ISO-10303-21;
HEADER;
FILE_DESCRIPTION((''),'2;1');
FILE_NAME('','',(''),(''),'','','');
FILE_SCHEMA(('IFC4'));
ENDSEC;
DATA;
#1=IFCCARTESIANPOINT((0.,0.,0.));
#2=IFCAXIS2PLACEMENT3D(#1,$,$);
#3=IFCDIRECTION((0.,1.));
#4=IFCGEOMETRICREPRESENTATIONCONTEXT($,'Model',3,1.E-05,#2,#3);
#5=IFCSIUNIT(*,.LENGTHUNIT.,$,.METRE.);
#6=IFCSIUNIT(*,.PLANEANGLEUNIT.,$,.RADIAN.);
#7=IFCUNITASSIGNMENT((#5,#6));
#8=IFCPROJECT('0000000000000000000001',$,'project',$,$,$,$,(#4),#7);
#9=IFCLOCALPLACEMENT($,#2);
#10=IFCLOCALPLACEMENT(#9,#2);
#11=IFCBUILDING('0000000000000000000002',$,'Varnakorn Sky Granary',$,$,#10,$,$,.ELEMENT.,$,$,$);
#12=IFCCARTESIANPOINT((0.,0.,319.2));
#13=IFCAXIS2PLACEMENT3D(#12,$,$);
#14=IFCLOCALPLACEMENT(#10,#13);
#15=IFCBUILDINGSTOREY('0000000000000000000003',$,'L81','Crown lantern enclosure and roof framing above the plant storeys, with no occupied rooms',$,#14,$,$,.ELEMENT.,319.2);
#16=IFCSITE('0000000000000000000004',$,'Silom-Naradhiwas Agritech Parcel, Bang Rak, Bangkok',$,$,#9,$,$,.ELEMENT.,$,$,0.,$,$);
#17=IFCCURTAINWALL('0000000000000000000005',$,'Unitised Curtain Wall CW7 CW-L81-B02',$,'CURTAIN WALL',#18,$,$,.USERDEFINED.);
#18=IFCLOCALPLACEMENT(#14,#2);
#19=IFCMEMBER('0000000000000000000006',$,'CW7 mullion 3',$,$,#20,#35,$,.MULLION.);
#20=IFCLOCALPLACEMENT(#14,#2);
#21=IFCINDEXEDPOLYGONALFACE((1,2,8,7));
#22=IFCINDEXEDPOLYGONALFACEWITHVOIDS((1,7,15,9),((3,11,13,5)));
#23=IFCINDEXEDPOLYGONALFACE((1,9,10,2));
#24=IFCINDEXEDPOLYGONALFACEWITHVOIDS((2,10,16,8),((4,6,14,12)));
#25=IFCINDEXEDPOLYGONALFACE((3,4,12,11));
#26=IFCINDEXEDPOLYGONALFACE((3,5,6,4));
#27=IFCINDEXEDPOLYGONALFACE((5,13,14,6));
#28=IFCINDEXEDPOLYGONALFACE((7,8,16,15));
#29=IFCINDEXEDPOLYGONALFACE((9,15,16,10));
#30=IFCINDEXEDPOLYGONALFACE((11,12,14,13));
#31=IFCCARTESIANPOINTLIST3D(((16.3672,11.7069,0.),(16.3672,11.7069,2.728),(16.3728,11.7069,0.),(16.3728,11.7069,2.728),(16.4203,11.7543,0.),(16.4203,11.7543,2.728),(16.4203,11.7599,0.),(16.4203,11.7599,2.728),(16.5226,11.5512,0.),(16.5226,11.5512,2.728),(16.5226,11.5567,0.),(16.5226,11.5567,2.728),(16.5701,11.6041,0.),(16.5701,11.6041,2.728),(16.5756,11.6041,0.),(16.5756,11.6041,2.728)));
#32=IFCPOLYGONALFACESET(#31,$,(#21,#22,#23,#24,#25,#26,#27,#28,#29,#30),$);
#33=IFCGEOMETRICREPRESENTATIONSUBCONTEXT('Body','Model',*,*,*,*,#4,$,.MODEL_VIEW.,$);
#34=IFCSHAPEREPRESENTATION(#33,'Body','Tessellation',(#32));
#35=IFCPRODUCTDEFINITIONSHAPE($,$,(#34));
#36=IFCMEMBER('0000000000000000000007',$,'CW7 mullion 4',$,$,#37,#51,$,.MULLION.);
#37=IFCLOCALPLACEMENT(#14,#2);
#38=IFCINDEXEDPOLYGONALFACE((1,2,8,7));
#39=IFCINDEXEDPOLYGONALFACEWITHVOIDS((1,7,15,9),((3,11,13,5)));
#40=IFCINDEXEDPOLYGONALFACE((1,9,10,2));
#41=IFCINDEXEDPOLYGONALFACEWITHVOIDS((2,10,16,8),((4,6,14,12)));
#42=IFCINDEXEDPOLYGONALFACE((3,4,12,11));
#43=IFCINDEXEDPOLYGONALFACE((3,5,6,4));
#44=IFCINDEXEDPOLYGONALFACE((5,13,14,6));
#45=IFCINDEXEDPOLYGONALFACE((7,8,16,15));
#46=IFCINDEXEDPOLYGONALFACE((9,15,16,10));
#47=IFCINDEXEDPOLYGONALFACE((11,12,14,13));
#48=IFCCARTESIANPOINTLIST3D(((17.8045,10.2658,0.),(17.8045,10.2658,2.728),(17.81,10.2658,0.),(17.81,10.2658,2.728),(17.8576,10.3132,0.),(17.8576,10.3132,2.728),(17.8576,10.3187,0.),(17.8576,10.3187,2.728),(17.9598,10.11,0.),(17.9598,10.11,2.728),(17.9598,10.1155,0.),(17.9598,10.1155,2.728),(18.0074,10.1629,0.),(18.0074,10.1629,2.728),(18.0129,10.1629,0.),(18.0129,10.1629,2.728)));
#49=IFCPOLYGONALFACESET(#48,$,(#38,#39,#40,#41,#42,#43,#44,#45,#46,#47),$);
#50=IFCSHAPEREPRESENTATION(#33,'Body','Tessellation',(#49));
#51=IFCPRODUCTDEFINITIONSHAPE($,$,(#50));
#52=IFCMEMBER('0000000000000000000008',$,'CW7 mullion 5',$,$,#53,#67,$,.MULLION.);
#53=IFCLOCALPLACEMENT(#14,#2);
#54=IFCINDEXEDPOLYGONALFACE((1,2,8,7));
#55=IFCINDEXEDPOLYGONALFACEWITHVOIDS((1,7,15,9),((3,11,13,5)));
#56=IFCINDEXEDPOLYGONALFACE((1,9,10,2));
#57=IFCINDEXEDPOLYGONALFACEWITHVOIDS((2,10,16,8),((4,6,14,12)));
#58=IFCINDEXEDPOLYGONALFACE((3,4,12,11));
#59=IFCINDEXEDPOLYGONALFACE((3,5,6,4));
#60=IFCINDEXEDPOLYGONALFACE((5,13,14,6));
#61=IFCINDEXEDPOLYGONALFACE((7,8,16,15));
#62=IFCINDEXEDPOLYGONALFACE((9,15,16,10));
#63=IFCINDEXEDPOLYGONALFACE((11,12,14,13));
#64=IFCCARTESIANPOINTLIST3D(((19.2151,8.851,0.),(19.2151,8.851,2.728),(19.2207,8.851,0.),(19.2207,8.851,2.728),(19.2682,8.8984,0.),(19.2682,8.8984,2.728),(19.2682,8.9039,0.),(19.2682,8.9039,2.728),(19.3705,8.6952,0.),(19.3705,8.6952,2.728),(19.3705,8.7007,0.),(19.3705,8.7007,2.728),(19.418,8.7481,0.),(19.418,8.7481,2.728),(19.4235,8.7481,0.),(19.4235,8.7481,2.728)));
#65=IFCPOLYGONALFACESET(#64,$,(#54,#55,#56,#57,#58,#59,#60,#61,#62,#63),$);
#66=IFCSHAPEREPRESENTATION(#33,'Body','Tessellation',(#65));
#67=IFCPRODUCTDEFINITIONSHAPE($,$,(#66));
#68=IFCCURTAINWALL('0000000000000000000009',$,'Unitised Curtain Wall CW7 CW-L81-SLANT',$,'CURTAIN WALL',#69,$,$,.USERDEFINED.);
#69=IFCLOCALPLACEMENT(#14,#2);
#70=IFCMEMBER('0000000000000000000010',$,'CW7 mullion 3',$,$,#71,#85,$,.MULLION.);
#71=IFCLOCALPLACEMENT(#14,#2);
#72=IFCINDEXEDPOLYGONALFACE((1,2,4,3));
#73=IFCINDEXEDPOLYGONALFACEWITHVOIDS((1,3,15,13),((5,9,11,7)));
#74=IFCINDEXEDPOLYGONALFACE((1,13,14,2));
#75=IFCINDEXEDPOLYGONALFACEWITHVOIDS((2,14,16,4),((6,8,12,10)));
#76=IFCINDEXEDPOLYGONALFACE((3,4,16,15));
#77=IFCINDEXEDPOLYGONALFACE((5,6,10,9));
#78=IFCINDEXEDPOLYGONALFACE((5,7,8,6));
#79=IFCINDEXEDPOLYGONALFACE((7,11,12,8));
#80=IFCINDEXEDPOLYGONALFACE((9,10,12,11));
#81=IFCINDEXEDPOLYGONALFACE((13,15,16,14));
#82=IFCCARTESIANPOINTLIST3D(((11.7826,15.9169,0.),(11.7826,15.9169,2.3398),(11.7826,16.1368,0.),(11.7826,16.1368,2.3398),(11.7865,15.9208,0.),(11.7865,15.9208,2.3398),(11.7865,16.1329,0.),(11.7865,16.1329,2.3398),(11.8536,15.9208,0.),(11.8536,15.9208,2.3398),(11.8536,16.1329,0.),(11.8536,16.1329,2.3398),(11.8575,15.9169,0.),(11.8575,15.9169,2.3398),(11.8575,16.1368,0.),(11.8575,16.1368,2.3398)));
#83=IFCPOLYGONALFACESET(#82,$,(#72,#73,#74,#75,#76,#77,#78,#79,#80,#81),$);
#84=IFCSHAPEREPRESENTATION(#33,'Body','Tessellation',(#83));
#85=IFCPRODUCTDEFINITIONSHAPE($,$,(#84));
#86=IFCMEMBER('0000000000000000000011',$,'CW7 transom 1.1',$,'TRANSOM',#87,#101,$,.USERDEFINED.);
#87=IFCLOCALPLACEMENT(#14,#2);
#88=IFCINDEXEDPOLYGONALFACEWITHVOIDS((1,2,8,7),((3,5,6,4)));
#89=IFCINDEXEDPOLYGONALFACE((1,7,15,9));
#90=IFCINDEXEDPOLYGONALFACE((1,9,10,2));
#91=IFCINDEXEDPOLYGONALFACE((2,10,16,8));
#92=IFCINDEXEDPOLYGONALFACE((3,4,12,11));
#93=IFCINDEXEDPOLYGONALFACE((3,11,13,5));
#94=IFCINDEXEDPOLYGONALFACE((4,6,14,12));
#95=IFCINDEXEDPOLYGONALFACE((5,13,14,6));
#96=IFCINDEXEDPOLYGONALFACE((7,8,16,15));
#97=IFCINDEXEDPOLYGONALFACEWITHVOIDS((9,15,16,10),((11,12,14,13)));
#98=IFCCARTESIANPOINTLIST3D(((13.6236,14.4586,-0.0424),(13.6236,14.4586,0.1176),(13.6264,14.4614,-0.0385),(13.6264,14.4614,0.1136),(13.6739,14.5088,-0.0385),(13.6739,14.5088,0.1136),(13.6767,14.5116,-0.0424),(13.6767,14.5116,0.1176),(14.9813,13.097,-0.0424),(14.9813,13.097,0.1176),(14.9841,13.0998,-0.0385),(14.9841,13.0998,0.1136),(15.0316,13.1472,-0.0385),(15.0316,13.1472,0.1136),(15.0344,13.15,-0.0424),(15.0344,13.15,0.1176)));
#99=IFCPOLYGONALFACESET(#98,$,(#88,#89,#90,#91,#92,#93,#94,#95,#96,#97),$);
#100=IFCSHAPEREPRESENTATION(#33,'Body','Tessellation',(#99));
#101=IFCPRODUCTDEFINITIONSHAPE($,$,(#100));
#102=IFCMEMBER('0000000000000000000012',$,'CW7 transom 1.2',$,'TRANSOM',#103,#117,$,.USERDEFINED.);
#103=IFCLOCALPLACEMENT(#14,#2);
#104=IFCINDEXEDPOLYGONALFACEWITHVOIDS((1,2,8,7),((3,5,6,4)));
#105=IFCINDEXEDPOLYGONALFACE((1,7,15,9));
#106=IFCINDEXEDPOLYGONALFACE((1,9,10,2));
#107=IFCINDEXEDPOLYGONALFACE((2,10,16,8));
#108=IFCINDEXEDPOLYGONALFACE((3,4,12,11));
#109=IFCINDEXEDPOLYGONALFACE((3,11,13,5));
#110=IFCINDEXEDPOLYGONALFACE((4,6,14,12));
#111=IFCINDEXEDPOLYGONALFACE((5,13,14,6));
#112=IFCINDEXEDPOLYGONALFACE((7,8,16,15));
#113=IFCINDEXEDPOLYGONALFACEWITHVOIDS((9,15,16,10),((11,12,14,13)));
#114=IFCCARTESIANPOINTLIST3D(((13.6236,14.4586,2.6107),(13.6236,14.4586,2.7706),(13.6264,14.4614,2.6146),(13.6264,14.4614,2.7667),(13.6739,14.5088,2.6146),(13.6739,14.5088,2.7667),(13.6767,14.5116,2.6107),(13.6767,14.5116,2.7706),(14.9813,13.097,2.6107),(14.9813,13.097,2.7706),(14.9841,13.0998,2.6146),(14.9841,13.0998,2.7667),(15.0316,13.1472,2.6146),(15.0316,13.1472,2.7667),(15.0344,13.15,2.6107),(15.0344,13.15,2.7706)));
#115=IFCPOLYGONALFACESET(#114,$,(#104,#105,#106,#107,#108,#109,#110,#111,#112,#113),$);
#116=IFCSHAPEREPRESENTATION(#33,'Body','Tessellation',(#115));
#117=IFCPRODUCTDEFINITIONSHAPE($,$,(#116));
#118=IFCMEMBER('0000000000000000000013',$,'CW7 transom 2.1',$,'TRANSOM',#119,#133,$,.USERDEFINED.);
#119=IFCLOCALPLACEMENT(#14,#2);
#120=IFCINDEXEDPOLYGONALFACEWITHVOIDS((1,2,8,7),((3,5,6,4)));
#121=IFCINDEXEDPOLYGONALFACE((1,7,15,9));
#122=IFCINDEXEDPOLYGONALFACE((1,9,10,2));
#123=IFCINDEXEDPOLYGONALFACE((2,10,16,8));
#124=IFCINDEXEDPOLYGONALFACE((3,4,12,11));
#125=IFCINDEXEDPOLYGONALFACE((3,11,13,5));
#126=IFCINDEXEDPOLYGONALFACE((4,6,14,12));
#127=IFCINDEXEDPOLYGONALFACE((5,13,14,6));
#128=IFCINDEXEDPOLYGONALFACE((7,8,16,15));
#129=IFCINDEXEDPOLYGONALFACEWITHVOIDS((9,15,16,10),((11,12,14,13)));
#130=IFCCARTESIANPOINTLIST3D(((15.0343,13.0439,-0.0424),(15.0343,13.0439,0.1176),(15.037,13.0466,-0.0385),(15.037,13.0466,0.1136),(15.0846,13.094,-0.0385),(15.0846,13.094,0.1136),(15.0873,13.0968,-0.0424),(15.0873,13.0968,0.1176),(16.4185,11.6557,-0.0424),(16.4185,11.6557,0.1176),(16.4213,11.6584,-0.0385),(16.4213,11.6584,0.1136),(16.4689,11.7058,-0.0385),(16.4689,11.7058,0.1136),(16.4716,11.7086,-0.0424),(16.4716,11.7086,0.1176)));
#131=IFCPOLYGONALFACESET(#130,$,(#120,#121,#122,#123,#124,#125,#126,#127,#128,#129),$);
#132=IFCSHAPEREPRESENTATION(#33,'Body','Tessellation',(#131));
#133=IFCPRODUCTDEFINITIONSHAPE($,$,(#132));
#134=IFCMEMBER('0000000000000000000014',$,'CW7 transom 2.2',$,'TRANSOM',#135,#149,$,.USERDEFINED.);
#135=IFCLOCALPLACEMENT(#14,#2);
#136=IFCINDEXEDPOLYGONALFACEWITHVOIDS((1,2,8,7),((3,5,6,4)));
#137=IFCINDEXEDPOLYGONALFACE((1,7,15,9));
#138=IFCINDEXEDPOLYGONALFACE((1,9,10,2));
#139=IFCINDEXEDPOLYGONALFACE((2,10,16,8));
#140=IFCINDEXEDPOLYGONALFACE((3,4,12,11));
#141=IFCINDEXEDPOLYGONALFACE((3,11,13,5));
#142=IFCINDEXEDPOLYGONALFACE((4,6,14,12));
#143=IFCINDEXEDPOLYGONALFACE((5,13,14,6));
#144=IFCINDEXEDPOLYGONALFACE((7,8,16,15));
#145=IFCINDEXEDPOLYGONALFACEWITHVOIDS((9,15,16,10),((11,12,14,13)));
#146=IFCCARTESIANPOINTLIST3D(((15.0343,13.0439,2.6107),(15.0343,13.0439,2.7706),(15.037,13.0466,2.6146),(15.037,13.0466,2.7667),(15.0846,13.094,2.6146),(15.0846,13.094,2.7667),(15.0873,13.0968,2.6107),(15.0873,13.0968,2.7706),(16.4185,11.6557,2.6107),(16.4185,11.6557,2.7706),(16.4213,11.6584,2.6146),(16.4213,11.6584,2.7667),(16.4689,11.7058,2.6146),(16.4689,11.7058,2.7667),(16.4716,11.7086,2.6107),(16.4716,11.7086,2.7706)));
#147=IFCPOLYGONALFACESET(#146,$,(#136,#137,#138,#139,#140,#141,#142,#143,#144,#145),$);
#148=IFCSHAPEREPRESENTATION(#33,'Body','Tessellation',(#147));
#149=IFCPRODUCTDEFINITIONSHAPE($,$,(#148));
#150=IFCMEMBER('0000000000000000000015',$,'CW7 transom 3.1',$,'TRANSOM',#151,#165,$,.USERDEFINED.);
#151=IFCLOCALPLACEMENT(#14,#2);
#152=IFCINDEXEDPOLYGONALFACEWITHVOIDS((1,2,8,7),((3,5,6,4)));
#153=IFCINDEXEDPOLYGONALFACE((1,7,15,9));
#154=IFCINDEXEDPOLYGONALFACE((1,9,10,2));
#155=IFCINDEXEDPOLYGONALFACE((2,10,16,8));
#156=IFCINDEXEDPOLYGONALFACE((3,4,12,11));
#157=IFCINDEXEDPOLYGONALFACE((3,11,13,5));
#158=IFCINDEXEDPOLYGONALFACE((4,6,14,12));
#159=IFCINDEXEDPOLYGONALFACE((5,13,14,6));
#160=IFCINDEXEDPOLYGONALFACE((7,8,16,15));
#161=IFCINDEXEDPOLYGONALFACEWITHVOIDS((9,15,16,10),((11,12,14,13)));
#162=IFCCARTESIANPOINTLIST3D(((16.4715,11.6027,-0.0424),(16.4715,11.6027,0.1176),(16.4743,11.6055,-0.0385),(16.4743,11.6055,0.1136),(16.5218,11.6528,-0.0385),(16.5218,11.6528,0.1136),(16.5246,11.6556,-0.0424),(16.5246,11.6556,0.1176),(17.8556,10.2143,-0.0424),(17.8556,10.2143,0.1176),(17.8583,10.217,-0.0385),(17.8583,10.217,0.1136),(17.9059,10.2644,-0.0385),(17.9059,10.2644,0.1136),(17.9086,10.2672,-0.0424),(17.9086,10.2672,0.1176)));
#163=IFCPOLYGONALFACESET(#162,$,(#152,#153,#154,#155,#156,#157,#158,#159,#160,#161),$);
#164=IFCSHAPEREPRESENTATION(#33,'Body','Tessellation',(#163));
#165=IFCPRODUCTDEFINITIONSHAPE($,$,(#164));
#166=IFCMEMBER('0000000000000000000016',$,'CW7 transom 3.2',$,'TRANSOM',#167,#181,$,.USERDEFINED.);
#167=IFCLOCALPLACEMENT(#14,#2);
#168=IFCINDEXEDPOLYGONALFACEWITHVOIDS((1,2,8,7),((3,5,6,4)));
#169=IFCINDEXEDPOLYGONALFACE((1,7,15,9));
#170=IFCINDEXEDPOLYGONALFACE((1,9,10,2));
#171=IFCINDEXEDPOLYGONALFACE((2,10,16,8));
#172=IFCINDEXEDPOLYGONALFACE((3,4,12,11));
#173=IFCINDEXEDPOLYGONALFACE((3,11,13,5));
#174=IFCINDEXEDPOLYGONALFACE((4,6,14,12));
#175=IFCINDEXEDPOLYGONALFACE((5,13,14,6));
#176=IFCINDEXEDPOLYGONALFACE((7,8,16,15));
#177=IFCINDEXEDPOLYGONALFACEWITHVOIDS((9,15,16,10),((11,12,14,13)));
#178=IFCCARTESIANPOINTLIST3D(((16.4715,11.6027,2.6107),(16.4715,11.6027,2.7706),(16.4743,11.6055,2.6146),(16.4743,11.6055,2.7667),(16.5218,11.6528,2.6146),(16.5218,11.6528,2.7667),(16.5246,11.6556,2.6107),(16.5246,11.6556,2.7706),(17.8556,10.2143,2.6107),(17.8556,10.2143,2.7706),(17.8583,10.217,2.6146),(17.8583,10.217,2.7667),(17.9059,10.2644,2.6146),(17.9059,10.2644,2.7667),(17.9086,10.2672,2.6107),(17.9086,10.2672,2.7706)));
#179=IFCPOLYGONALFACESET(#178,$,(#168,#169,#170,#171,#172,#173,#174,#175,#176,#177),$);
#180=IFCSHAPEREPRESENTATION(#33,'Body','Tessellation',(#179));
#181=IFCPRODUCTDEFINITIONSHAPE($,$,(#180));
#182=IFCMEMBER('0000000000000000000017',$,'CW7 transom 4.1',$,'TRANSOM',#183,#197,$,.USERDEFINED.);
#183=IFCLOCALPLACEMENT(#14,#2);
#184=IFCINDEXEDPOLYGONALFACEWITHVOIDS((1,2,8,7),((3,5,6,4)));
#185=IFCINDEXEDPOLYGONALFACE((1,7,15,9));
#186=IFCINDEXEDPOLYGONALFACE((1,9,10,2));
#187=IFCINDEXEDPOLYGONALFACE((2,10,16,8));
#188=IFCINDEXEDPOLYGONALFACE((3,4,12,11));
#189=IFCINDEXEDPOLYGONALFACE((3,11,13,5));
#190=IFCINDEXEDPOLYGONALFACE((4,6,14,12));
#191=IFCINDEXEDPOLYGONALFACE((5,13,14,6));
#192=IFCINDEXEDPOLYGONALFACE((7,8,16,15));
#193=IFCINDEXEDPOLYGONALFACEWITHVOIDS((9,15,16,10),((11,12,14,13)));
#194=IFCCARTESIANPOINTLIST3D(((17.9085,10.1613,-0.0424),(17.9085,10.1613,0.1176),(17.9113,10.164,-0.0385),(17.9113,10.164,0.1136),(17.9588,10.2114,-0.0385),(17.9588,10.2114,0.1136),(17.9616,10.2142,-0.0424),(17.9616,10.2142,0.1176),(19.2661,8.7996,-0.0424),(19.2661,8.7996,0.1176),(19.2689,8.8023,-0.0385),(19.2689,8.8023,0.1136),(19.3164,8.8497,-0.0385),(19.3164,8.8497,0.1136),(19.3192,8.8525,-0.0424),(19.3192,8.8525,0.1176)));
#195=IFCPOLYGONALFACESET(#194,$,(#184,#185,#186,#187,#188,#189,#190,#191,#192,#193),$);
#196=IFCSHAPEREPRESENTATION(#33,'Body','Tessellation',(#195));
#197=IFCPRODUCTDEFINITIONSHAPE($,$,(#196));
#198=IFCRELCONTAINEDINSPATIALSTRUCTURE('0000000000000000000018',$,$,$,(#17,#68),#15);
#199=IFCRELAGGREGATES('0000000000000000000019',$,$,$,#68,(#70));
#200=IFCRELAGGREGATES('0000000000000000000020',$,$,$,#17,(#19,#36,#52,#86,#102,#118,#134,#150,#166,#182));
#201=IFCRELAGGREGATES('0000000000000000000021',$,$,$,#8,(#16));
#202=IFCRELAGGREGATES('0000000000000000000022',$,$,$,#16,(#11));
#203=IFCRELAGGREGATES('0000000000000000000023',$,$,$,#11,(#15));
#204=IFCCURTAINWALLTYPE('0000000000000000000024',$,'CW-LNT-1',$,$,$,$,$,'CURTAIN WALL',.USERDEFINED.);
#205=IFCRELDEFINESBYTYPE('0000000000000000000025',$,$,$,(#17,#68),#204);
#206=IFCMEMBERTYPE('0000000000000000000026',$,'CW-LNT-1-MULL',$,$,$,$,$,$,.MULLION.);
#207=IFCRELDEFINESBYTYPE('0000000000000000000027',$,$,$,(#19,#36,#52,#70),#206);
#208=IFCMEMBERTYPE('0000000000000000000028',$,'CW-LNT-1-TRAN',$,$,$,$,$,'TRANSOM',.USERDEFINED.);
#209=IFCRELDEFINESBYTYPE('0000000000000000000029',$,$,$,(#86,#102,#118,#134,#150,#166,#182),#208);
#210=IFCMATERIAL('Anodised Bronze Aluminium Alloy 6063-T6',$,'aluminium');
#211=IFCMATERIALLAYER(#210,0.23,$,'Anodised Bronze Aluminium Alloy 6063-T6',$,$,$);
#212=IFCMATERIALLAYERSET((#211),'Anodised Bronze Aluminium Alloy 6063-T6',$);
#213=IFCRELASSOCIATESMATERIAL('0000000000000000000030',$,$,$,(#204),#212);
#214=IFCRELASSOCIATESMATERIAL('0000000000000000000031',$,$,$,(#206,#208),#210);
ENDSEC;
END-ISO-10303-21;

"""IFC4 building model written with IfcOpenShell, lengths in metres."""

from ifc_helpers import new_model, si_unit, direction, frame, origin, origin_2d, place, context, subcontext, project, spatial, hollow_rectangle, extrude, material, layer, layer_set, material_profile, profile_set, type_object, element, aggregate, save


model = new_model("IFC4")

# Units and contexts
model_context = context("Model", 3, precision=1e-05, world=origin(), true_north=direction((0.0, 1.0)))
body_context = subcontext(model_context, "Body", "Model", "MODEL_VIEW")
ifc_project = project(units=[si_unit("LENGTHUNIT", "METRE"), si_unit("PLANEANGLEUNIT", "RADIAN")], contexts=[model_context])

# Site, building, storey
site_placement = place(None, origin())
site = spatial("IfcSite", under=ifc_project, at=site_placement, Name="Silom-Naradhiwas Agritech Parcel, Bang Rak, Bangkok", CompositionType="ELEMENT", RefElevation=0.0)
building_placement = place(site_placement, origin())
building = spatial("IfcBuilding", under=site, at=building_placement, Name="Varnakorn Sky Granary", CompositionType="ELEMENT")
storey_placement = place(building_placement, frame((0.0, 0.0, 319.2)))
storey = spatial("IfcBuildingStorey", under=building, at=storey_placement, Name="L81", Description="Crown lantern enclosure and roof framing above the plant storeys, with no occupied rooms", CompositionType="ELEMENT", Elevation=319.2)

# Curtain wall, members
ifc_material_1 = material(Name="Anodised Bronze Aluminium Alloy 6063-T6", Category="aluminium")
ifc_layer_1 = layer(ifc_material_1, 0.23, Name="Anodised Bronze Aluminium Alloy 6063-T6")
ifc_layer_set_1 = layer_set([ifc_layer_1], Name="Anodised Bronze Aluminium Alloy 6063-T6")
curtain_wall_type = type_object("IfcCurtainWallType", Name="CW-LNT-1", ElementType="CURTAIN WALL", PredefinedType="USERDEFINED", material=ifc_layer_set_1)
curtain_wall_1_placement = place(storey_placement, origin())
curtain_wall_1 = element("IfcCurtainWall", 1, at=curtain_wall_1_placement, inside=storey, type_object=curtain_wall_type, Name="Unitised Curtain Wall CW7 CW-L81-B02", ObjectType="CURTAIN WALL", PredefinedType="USERDEFINED")
ifc_material_profile_1 = material_profile(ifc_material_1, hollow_rectangle(XDim=0.075, YDim=0.22, WallThickness=0.0039, at=origin_2d()), Name="ALU MULL 75x220")
ifc_profile_set_1 = profile_set([ifc_material_profile_1], Name="Anodised Bronze Aluminium Alloy 6063-T6")
member_type_1 = type_object("IfcMemberType", Name="CW-LNT-1-MULL", PredefinedType="MULLION", material=ifc_profile_set_1)
member_1_placement = place(storey_placement, frame((16.4714, 11.6555, 0.0), z_axis=(0.0, 0.0, 1.0), x_axis=(0.708144, 0.706068, 0.0)))
member_1 = element("IfcMember", 2, at=member_1_placement, type_object=member_type_1, Name="CW7 mullion 3", PredefinedType="MULLION", context=body_context, shape_type="SweptSolid", body=[
    extrude(hollow_rectangle(XDim=0.075, YDim=0.22, WallThickness=0.0039, at=origin_2d()), origin(), (0.0, 0.0, 1.0), 2.728),
])
member_2_placement = place(storey_placement, frame((17.9087, 10.2144, 0.0), z_axis=(0.0, 0.0, 1.0), x_axis=(0.708144, 0.706068, 0.0)))
member_2 = element("IfcMember", 3, at=member_2_placement, type_object=member_type_1, Name="CW7 mullion 4", PredefinedType="MULLION", context=body_context, shape_type="SweptSolid", body=[
    extrude(hollow_rectangle(XDim=0.075, YDim=0.22, WallThickness=0.0039, at=origin_2d()), origin(), (0.0, 0.0, 1.0), 2.728),
])
member_3_placement = place(storey_placement, frame((19.3193, 8.7996, 0.0), z_axis=(0.0, 0.0, 1.0), x_axis=(0.708144, 0.706068, 0.0)))
member_3 = element("IfcMember", 4, at=member_3_placement, type_object=member_type_1, Name="CW7 mullion 5", PredefinedType="MULLION", context=body_context, shape_type="SweptSolid", body=[
    extrude(hollow_rectangle(XDim=0.075, YDim=0.22, WallThickness=0.0039, at=origin_2d()), origin(), (0.0, 0.0, 1.0), 2.728),
])

# Curtain wall, member
curtain_wall_2_placement = place(storey_placement, origin())
curtain_wall_2 = element("IfcCurtainWall", 5, at=curtain_wall_2_placement, inside=storey, type_object=curtain_wall_type, Name="Unitised Curtain Wall CW7 CW-L81-SLANT", ObjectType="CURTAIN WALL", PredefinedType="USERDEFINED")
member_4_placement = place(storey_placement, frame((11.8201, 16.0269, 0.0), z_axis=(0.0, 0.0, 1.0), x_axis=(-1.0, 0.0, 0.0)))
member_4 = element("IfcMember", 6, at=member_4_placement, type_object=member_type_1, Name="CW7 mullion 3", PredefinedType="MULLION", context=body_context, shape_type="SweptSolid", body=[
    extrude(hollow_rectangle(XDim=0.075, YDim=0.22, WallThickness=0.0039, at=origin_2d()), origin(), (0.0, 0.0, 1.0), 2.3398),
])
aggregate(curtain_wall_2, [member_4])

# Members
ifc_material_profile_2 = material_profile(ifc_material_1, hollow_rectangle(XDim=0.075, YDim=0.1599, WallThickness=0.0039, at=origin_2d()), Name="ALU TRAN 75x160")
ifc_profile_set_2 = profile_set([ifc_material_profile_2], Name="Anodised Bronze Aluminium Alloy 6063-T6")
member_type_2 = type_object("IfcMemberType", Name="CW-LNT-1-TRAN", ElementType="TRANSOM", PredefinedType="USERDEFINED", material=ifc_profile_set_2)
member_5_placement = place(storey_placement, frame((13.6501, 14.4851, 0.0376), z_axis=(0.70609, -0.708122, 0.0), x_axis=(0.708122, 0.70609, 0.0)))
member_5 = element("IfcMember", 7, at=member_5_placement, type_object=member_type_2, Name="CW7 transom 1.1", ObjectType="TRANSOM", PredefinedType="USERDEFINED", context=body_context, shape_type="SweptSolid", body=[
    extrude(hollow_rectangle(XDim=0.075, YDim=0.1599, WallThickness=0.0039, at=origin_2d()), origin(), (0.0, 0.0, 1.0), 1.9229),
])
member_6_placement = place(storey_placement, frame((13.6501, 14.4851, 2.6907), z_axis=(0.70609, -0.708122, 0.0), x_axis=(0.708122, 0.70609, 0.0)))
member_6 = element("IfcMember", 8, at=member_6_placement, type_object=member_type_2, Name="CW7 transom 1.2", ObjectType="TRANSOM", PredefinedType="USERDEFINED", context=body_context, shape_type="SweptSolid", body=[
    extrude(hollow_rectangle(XDim=0.075, YDim=0.1599, WallThickness=0.0039, at=origin_2d()), origin(), (0.0, 0.0, 1.0), 1.9229),
])
member_7_placement = place(storey_placement, frame((15.0608, 13.0703, 0.0376), z_axis=(0.70611, -0.708102, 0.0), x_axis=(0.708102, 0.70611, 0.0)))
member_7 = element("IfcMember", 9, at=member_7_placement, type_object=member_type_2, Name="CW7 transom 2.1", ObjectType="TRANSOM", PredefinedType="USERDEFINED", context=body_context, shape_type="SweptSolid", body=[
    extrude(hollow_rectangle(XDim=0.075, YDim=0.1599, WallThickness=0.0039, at=origin_2d()), origin(), (0.0, 0.0, 1.0), 1.9604),
])
member_8_placement = place(storey_placement, frame((15.0608, 13.0703, 2.6907), z_axis=(0.70611, -0.708102, 0.0), x_axis=(0.708102, 0.70611, 0.0)))
member_8 = element("IfcMember", 10, at=member_8_placement, type_object=member_type_2, Name="CW7 transom 2.2", ObjectType="TRANSOM", PredefinedType="USERDEFINED", context=body_context, shape_type="SweptSolid", body=[
    extrude(hollow_rectangle(XDim=0.075, YDim=0.1599, WallThickness=0.0039, at=origin_2d()), origin(), (0.0, 0.0, 1.0), 1.9604),
])
member_9_placement = place(storey_placement, frame((16.498, 11.6292, 0.0376), z_axis=(0.705985, -0.708227, 0.0), x_axis=(0.708227, 0.705985, 0.0)))
member_9 = element("IfcMember", 11, at=member_9_placement, type_object=member_type_2, Name="CW7 transom 3.1", ObjectType="TRANSOM", PredefinedType="USERDEFINED", context=body_context, shape_type="SweptSolid", body=[
    extrude(hollow_rectangle(XDim=0.075, YDim=0.1599, WallThickness=0.0039, at=origin_2d()), origin(), (0.0, 0.0, 1.0), 1.9604),
])
member_10_placement = place(storey_placement, frame((16.498, 11.6292, 2.6907), z_axis=(0.705985, -0.708227, 0.0), x_axis=(0.708227, 0.705985, 0.0)))
member_10 = element("IfcMember", 12, at=member_10_placement, type_object=member_type_2, Name="CW7 transom 3.2", ObjectType="TRANSOM", PredefinedType="USERDEFINED", context=body_context, shape_type="SweptSolid", body=[
    extrude(hollow_rectangle(XDim=0.075, YDim=0.1599, WallThickness=0.0039, at=origin_2d()), origin(), (0.0, 0.0, 1.0), 1.9604),
])
member_11_placement = place(storey_placement, frame((17.9351, 10.1877, 0.0376), z_axis=(0.706027, -0.708185, 0.0), x_axis=(0.708185, 0.706027, 0.0)))
member_11 = element("IfcMember", 13, at=member_11_placement, type_object=member_type_2, Name="CW7 transom 4.1", ObjectType="TRANSOM", PredefinedType="USERDEFINED", context=body_context, shape_type="SweptSolid", body=[
    extrude(hollow_rectangle(XDim=0.075, YDim=0.1599, WallThickness=0.0039, at=origin_2d()), origin(), (0.0, 0.0, 1.0), 1.9229),
])

aggregate(curtain_wall_1, [member_1, member_2, member_3, member_5, member_6, member_7, member_8, member_9, member_10, member_11])

save(model, "model.ifc")
